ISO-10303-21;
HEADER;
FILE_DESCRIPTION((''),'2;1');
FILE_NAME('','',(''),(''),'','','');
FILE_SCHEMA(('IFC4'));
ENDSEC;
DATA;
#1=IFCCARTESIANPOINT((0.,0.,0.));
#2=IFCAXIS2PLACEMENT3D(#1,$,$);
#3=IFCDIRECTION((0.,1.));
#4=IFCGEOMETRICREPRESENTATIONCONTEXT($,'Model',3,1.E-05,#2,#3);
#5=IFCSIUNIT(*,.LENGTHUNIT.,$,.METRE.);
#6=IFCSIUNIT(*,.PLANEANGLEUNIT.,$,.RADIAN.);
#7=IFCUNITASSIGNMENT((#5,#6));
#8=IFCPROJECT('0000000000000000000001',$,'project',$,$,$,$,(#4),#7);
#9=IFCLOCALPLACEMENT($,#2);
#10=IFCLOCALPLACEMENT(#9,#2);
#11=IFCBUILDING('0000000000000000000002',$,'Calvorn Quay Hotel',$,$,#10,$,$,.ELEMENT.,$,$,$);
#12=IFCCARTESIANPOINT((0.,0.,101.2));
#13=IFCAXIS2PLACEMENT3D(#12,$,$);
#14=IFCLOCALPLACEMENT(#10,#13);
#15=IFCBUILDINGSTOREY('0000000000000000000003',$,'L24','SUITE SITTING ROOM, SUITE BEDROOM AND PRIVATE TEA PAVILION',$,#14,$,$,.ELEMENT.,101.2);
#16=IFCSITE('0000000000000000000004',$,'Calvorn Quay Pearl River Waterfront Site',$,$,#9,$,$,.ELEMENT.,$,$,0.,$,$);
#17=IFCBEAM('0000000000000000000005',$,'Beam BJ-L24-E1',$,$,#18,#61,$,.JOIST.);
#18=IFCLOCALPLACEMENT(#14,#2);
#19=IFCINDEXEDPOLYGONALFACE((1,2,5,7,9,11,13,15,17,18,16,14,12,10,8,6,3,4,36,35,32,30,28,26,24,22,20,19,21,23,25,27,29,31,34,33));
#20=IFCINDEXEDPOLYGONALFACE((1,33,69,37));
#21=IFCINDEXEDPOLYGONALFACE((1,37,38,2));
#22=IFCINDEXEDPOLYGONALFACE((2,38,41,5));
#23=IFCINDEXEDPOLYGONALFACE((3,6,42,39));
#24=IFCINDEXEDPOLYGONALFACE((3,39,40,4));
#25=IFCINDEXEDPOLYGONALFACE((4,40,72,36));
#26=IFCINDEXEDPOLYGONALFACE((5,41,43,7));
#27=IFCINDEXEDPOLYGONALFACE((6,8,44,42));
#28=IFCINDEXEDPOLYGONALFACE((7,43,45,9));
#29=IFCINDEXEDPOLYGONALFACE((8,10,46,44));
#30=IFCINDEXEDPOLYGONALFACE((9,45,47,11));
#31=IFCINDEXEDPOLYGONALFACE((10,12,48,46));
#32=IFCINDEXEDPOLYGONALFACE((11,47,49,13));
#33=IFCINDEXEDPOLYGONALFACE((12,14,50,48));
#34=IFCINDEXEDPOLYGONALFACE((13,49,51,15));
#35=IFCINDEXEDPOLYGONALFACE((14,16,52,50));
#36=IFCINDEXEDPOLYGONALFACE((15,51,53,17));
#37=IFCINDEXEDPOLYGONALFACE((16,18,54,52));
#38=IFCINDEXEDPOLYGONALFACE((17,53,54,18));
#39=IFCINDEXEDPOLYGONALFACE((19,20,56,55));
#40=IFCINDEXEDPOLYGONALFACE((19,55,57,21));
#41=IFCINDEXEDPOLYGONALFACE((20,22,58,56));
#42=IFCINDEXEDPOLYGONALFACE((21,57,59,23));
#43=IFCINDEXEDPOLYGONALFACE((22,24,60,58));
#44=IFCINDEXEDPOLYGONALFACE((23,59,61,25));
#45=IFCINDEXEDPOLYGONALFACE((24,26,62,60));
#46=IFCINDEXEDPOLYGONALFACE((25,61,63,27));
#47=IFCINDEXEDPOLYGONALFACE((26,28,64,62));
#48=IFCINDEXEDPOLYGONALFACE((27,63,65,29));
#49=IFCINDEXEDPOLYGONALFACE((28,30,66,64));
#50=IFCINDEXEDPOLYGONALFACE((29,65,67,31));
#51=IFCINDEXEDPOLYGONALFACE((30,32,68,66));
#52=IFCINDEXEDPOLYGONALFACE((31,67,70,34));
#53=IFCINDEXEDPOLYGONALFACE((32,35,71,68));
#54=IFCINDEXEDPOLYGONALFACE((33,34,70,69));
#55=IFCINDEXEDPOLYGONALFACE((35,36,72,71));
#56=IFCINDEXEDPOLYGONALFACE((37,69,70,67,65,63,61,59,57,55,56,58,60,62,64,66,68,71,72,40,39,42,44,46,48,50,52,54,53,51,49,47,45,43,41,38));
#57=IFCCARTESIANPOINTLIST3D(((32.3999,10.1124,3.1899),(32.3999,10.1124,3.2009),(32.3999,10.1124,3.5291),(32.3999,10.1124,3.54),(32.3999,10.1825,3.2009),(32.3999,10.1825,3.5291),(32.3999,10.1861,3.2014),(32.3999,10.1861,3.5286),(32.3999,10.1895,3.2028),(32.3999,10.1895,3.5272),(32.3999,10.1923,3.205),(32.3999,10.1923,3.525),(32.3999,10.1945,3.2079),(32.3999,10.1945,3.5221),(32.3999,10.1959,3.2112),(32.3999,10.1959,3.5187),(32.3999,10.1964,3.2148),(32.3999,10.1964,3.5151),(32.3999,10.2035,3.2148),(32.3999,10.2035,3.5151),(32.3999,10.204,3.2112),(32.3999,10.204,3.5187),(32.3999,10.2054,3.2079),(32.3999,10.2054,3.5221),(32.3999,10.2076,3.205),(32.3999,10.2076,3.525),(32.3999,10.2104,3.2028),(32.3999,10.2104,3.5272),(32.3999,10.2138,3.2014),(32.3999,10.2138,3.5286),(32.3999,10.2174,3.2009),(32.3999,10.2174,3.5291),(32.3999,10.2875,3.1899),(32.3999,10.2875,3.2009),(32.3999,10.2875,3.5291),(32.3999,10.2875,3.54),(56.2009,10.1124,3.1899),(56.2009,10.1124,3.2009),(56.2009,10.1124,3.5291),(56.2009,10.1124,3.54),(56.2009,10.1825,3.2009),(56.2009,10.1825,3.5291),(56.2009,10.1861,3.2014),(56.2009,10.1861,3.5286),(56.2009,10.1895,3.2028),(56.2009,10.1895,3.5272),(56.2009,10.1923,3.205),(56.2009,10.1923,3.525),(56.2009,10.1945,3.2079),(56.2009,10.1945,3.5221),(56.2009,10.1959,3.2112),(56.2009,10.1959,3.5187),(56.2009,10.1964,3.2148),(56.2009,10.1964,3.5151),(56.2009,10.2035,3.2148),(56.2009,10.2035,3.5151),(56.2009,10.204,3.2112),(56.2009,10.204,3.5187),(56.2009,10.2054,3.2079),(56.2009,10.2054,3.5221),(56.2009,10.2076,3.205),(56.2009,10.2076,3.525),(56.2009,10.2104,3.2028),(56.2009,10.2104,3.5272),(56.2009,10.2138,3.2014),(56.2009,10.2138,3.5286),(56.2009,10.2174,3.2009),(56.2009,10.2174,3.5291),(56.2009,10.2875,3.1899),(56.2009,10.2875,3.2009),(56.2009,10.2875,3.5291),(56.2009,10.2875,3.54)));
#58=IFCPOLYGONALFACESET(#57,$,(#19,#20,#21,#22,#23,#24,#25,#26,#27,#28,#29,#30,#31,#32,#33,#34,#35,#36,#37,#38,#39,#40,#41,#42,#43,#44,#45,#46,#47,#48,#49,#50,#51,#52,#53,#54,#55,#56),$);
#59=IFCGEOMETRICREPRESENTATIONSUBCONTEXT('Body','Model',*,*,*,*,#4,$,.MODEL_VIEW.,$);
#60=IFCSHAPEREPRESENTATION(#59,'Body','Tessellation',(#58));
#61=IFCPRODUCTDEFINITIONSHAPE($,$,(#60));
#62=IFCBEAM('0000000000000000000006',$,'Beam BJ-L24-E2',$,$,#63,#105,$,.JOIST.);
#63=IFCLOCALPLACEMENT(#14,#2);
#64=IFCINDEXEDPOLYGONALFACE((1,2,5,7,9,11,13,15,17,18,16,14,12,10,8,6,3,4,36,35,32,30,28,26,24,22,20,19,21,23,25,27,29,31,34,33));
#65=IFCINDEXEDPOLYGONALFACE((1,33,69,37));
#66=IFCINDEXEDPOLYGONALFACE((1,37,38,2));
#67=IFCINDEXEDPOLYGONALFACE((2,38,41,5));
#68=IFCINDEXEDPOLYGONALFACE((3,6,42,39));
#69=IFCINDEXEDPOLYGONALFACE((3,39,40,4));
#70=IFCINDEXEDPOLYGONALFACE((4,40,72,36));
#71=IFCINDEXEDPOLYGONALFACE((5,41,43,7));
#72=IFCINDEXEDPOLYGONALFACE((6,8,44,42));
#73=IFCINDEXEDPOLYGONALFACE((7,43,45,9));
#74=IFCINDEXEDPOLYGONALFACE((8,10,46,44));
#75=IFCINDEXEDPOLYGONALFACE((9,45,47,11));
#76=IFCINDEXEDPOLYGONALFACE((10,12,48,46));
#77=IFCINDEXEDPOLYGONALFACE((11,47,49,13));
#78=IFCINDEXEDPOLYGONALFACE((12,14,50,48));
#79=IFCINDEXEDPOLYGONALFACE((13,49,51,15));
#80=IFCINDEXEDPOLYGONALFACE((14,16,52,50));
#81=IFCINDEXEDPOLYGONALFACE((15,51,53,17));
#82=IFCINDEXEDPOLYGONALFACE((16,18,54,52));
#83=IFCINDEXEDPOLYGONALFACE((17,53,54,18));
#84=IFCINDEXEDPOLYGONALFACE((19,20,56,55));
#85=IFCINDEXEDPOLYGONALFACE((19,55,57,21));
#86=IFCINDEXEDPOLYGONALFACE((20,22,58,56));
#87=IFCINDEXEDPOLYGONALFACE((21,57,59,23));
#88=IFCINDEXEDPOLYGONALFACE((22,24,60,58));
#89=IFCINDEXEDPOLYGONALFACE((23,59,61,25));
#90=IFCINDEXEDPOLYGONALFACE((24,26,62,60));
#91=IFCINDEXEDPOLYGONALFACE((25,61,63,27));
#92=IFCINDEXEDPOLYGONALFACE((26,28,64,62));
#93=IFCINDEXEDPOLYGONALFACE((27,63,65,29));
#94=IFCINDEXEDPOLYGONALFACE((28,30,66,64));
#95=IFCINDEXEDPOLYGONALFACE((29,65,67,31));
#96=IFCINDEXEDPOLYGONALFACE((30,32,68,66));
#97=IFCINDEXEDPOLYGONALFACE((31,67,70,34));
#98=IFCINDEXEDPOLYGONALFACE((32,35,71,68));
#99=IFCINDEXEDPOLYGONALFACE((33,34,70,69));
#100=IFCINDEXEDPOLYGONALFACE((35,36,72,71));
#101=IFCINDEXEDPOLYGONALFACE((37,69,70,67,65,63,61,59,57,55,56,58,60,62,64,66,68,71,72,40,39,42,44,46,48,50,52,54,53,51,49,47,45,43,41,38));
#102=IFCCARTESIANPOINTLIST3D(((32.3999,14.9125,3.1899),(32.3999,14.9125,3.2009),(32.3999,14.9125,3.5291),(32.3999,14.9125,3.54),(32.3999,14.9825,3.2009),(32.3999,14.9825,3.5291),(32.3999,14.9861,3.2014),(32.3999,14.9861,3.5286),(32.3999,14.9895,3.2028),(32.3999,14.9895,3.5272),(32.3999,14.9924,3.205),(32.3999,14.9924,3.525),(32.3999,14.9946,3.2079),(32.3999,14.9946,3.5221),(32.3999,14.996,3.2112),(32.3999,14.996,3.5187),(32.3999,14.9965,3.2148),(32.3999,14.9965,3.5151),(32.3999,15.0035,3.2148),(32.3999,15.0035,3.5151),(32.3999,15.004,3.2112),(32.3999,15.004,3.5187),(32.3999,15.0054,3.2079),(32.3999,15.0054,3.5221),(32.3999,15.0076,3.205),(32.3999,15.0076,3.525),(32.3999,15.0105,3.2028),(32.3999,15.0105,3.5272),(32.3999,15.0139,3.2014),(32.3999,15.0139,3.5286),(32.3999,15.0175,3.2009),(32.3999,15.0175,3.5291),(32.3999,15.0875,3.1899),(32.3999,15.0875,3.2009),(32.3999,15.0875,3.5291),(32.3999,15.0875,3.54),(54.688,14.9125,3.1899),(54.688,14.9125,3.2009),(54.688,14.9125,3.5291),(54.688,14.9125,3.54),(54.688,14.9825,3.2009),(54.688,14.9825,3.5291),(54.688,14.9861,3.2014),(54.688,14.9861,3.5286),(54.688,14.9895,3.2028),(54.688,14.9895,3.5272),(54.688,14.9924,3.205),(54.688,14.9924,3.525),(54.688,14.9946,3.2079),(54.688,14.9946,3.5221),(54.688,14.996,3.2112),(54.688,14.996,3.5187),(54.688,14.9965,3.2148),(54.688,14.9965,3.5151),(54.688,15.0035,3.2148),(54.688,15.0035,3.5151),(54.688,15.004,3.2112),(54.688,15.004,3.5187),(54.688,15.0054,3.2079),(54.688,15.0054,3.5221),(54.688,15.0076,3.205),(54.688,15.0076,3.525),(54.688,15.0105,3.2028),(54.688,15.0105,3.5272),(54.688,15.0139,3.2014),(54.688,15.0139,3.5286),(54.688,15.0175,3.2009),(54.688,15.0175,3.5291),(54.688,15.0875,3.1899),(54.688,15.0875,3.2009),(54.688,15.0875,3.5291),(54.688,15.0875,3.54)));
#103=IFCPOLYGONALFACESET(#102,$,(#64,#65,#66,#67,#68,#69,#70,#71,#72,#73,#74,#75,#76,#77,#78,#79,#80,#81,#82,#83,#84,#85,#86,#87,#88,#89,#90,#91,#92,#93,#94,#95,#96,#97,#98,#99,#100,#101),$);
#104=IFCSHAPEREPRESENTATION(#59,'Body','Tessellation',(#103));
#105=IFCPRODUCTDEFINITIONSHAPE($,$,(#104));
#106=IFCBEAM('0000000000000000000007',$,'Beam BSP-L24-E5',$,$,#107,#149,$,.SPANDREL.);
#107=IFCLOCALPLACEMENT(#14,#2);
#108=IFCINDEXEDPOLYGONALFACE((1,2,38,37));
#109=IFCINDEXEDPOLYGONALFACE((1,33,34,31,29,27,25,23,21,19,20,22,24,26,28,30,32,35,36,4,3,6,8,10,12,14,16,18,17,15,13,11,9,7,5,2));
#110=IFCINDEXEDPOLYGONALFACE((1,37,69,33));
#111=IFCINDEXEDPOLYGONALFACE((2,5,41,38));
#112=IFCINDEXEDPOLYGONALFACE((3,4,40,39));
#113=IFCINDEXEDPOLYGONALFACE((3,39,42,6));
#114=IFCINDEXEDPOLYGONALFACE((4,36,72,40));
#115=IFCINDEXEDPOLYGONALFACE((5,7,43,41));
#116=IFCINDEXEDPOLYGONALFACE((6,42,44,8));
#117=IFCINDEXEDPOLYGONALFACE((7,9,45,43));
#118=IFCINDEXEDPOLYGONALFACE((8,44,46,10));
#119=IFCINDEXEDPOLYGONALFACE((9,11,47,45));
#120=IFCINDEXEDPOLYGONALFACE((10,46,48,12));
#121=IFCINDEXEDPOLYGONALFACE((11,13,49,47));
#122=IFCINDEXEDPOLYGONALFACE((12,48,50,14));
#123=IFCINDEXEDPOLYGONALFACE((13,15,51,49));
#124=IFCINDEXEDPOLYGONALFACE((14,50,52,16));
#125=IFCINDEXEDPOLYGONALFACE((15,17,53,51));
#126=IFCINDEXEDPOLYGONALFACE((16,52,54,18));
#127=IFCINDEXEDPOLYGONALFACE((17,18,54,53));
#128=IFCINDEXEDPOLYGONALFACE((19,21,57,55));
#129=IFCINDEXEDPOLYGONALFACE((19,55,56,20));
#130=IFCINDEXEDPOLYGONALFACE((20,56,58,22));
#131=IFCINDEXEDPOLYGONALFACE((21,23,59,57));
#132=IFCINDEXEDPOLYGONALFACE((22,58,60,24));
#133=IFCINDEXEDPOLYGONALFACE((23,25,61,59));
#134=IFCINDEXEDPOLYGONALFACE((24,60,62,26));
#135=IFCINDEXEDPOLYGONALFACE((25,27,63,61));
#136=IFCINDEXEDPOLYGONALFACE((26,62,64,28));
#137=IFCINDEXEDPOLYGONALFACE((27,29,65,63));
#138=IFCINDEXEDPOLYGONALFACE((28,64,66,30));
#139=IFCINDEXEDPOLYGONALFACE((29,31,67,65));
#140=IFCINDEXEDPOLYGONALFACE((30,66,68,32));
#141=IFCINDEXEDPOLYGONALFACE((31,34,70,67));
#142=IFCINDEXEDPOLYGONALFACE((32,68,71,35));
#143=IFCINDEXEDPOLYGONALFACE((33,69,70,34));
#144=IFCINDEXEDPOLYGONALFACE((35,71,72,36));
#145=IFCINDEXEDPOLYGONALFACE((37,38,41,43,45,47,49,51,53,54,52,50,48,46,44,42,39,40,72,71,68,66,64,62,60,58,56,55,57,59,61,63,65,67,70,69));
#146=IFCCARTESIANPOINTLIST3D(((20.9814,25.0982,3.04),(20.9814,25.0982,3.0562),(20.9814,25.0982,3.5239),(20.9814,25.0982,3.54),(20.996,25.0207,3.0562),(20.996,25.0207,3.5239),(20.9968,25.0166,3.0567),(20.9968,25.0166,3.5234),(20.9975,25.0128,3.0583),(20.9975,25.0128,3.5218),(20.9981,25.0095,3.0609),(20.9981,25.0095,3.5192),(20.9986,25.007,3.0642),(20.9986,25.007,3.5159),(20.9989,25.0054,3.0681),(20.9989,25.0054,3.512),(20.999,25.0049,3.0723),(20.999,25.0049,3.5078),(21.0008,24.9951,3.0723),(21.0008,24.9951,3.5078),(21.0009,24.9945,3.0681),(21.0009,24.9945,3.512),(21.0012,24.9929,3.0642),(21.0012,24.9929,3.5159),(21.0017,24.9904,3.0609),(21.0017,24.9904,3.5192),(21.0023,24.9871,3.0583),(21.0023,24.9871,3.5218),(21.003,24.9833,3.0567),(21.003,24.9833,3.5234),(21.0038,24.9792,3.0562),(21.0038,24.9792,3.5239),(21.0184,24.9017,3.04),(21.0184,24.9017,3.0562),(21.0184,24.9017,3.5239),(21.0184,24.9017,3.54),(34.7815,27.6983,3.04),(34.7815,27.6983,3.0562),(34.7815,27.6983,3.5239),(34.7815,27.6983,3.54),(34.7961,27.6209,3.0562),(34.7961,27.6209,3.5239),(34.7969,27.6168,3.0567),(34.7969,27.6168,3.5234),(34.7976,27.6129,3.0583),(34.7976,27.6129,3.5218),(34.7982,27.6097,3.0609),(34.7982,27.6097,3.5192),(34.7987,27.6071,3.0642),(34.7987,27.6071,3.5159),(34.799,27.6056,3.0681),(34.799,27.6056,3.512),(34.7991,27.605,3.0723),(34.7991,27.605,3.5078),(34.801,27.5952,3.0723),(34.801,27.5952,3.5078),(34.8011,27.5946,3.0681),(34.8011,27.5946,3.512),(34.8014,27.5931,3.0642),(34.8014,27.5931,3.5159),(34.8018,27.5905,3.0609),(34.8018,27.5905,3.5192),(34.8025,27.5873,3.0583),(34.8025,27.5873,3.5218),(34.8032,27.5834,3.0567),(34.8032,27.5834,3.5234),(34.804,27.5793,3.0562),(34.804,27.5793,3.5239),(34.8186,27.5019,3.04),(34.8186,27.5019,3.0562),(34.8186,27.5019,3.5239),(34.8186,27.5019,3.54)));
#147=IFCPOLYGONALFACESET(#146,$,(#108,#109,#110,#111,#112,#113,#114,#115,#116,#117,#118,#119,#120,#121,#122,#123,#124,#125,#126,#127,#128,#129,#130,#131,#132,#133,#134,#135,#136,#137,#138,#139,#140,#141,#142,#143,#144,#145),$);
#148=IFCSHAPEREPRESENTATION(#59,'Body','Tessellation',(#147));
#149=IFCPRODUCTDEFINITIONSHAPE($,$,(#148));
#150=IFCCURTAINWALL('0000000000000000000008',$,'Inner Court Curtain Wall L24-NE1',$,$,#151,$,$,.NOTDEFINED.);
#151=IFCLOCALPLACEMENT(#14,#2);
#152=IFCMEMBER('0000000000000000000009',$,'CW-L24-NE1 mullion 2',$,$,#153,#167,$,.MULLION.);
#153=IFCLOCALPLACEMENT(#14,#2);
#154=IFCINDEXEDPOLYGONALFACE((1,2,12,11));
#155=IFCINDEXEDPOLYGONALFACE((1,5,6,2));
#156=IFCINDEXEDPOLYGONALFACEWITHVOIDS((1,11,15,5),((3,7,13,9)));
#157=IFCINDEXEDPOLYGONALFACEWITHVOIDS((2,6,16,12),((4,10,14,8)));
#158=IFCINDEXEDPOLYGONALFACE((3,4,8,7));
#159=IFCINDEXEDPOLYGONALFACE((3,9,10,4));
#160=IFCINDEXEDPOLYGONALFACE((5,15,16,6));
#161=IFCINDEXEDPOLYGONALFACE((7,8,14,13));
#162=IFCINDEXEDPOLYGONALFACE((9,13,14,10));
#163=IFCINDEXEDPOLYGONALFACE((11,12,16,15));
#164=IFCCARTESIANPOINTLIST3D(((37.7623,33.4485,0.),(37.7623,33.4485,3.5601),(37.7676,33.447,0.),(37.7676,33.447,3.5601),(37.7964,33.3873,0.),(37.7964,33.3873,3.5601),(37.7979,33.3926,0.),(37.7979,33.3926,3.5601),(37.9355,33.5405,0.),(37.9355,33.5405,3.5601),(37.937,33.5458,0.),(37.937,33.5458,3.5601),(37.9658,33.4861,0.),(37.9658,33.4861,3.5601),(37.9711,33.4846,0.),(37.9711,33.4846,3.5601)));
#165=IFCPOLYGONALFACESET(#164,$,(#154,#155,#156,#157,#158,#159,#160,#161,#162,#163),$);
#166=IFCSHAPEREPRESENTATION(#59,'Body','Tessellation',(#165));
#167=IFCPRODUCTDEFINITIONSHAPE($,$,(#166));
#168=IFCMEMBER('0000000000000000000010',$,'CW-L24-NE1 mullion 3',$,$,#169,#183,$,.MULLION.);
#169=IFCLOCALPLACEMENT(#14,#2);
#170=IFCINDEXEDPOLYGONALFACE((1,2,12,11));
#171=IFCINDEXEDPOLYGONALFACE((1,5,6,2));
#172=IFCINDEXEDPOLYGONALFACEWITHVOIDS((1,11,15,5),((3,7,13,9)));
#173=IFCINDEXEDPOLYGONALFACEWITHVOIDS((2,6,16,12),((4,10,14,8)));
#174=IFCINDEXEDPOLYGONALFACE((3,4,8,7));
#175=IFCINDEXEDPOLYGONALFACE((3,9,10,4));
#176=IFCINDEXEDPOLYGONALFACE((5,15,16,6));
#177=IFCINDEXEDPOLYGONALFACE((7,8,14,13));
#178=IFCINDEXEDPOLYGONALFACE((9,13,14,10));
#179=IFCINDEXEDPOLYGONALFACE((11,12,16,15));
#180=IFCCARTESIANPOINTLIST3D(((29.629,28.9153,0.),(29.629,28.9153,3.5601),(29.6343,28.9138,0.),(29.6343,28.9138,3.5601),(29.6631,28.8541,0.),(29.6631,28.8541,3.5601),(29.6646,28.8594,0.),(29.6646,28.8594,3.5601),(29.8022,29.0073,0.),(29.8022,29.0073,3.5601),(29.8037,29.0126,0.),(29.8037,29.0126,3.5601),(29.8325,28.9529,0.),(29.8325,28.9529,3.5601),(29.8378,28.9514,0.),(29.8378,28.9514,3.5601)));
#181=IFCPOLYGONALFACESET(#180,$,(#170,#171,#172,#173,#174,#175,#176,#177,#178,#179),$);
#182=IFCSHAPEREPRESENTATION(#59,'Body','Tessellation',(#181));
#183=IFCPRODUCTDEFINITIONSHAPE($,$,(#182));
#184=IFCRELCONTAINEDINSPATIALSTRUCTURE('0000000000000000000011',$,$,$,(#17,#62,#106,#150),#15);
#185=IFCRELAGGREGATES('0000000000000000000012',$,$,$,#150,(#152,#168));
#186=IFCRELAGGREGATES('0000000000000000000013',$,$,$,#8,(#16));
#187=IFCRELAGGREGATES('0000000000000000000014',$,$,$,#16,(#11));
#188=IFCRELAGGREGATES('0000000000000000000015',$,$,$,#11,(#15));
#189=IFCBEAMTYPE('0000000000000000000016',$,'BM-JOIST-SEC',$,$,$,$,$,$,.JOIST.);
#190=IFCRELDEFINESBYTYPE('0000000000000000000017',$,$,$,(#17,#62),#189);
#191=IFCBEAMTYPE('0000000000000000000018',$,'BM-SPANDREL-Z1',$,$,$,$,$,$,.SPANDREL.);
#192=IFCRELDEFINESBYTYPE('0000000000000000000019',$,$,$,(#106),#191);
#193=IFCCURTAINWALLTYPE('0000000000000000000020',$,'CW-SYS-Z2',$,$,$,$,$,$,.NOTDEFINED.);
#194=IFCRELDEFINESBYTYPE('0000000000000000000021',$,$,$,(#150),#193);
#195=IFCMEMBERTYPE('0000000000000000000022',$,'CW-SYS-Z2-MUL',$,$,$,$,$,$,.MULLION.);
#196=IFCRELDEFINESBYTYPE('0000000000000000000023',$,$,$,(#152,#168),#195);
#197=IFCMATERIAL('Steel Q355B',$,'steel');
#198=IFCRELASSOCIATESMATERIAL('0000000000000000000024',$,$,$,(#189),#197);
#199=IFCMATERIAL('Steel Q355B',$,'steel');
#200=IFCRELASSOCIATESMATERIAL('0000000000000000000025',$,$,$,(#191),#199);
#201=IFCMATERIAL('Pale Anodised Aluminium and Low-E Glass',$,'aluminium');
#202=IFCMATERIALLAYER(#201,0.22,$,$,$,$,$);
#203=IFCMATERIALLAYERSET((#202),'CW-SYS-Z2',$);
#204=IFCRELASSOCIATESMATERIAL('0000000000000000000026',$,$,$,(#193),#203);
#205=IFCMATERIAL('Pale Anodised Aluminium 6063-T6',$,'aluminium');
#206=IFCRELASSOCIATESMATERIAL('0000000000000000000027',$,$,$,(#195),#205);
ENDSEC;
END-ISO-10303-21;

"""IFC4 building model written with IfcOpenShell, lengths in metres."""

from ifc_helpers import new_model, si_unit, direction, frame, origin, origin_2d, place, context, subcontext, project, spatial, hollow_rectangle, i_section, extrude, material, layer, layer_set, material_profile, profile_set, type_object, element, aggregate, save


model = new_model("IFC4")

# Units and contexts
model_context = context("Model", 3, precision=1e-05, world=origin(), true_north=direction((0.0, 1.0)))
body_context = subcontext(model_context, "Body", "Model", "MODEL_VIEW")
ifc_project = project(units=[si_unit("LENGTHUNIT", "METRE"), si_unit("PLANEANGLEUNIT", "RADIAN")], contexts=[model_context])

# Site, building, storey
site_placement = place(None, origin())
site = spatial("IfcSite", under=ifc_project, at=site_placement, Name="Calvorn Quay Pearl River Waterfront Site", CompositionType="ELEMENT", RefElevation=0.0)
building_placement = place(site_placement, origin())
building = spatial("IfcBuilding", under=site, at=building_placement, Name="Calvorn Quay Hotel", CompositionType="ELEMENT")
storey_placement = place(building_placement, frame((0.0, 0.0, 101.2)))
storey = spatial("IfcBuildingStorey", under=building, at=storey_placement, Name="L24", Description="SUITE SITTING ROOM, SUITE BEDROOM AND PRIVATE TEA PAVILION", CompositionType="ELEMENT", Elevation=101.2)

# Beams
ifc_material_1 = material(Name="Steel Q355B", Category="steel")
ifc_material_profile_1 = material_profile(ifc_material_1, i_section(OverallWidth=0.175, OverallDepth=0.3501, WebThickness=0.0071, FlangeThickness=0.011, FilletRadius=0.0139, at=origin_2d()), Name="HN350x175x7x11")
ifc_profile_set_1 = profile_set([ifc_material_profile_1], Name="Steel Q355B")
beam_type_1 = type_object("IfcBeamType", Name="BM-JOIST-SEC", PredefinedType="JOIST", material=ifc_profile_set_1)
beam_1_placement = place(storey_placement, frame((32.3999, 10.2, 3.365), z_axis=(1.0, 0.0, 0.0), x_axis=(0.0, 1.0, 0.0)))
element("IfcBeam", 1, at=beam_1_placement, inside=storey, type_object=beam_type_1, Name="Beam BJ-L24-E1", PredefinedType="JOIST", context=body_context, shape_type="SweptSolid", body=[
    extrude(i_section(OverallWidth=0.175, OverallDepth=0.3501, WebThickness=0.0071, FlangeThickness=0.011, FilletRadius=0.0139, at=origin_2d()), origin(), (0.0, 0.0, 1.0), 23.801),
])
beam_2_placement = place(storey_placement, frame((32.3999, 15.0, 3.365), z_axis=(1.0, 0.0, 0.0), x_axis=(0.0, 1.0, 0.0)))
element("IfcBeam", 2, at=beam_2_placement, inside=storey, type_object=beam_type_1, Name="Beam BJ-L24-E2", PredefinedType="JOIST", context=body_context, shape_type="SweptSolid", body=[
    extrude(i_section(OverallWidth=0.175, OverallDepth=0.3501, WebThickness=0.0071, FlangeThickness=0.011, FilletRadius=0.0139, at=origin_2d()), origin(), (0.0, 0.0, 1.0), 22.2881),
])
ifc_material_2 = material(Name="Steel Q355B", Category="steel")
ifc_material_profile_2 = material_profile(ifc_material_2, i_section(OverallWidth=0.2, OverallDepth=0.5, WebThickness=0.01, FlangeThickness=0.0161, FilletRadius=0.0161, at=origin_2d()), Name="HN500x200x10x16")
ifc_profile_set_2 = profile_set([ifc_material_profile_2], Name="Steel Q355B")
beam_type_2 = type_object("IfcBeamType", Name="BM-SPANDREL-Z1", PredefinedType="SPANDREL", material=ifc_profile_set_2)
beam_3_placement = place(storey_placement, frame((34.8, 27.6001, 3.29), z_axis=(-0.982709, -0.185154, 0.0), x_axis=(0.185154, -0.982709, 0.0)))
element("IfcBeam", 3, at=beam_3_placement, inside=storey, type_object=beam_type_2, Name="Beam BSP-L24-E5", PredefinedType="SPANDREL", context=body_context, shape_type="SweptSolid", body=[
    extrude(i_section(OverallWidth=0.2, OverallDepth=0.5, WebThickness=0.01, FlangeThickness=0.0161, FilletRadius=0.0161, at=origin_2d()), origin(), (0.0, 0.0, 1.0), 14.043),
])

# Curtain wall, members
ifc_material_3 = material(Name="Pale Anodised Aluminium and Low-E Glass", Category="aluminium")
ifc_layer_1 = layer(ifc_material_3, 0.22)
ifc_layer_set_1 = layer_set([ifc_layer_1], Name="CW-SYS-Z2")
curtain_wall_type = type_object("IfcCurtainWallType", Name="CW-SYS-Z2", PredefinedType="NOTDEFINED", material=ifc_layer_set_1)
curtain_wall_placement = place(storey_placement, origin())
curtain_wall = element("IfcCurtainWall", 4, at=curtain_wall_placement, inside=storey, type_object=curtain_wall_type, Name="Inner Court Curtain Wall L24-NE1", PredefinedType="NOTDEFINED")
ifc_material_4 = material(Name="Pale Anodised Aluminium 6063-T6", Category="aluminium")
ifc_material_profile_3 = material_profile(ifc_material_4, hollow_rectangle(XDim=0.0701, YDim=0.2, WallThickness=0.0039, at=origin_2d()), Name="ALU-M200x70x4")
ifc_profile_set_3 = profile_set([ifc_material_profile_3], Name="Pale Anodised Aluminium 6063-T6")
member_type_1 = type_object("IfcMemberType", Name="CW-SYS-Z2-MUL", PredefinedType="MULLION", material=ifc_profile_set_3)
member_1_placement = place(storey_placement, frame((37.8667, 33.4666, 0.0), z_axis=(0.0, 0.0, 1.0), x_axis=(0.486858, -0.873481, 0.0)))
member_1 = element("IfcMember", 5, at=member_1_placement, type_object=member_type_1, Name="CW-L24-NE1 mullion 2", PredefinedType="MULLION", context=body_context, shape_type="SweptSolid", body=[
    extrude(hollow_rectangle(XDim=0.0701, YDim=0.2, WallThickness=0.0039, at=origin_2d()), origin(), (0.0, 0.0, 1.0), 3.5601),
])
member_2_placement = place(storey_placement, frame((29.7334, 28.9333, 0.0), z_axis=(0.0, 0.0, 1.0), x_axis=(0.486858, -0.873481, 0.0)))
member_2 = element("IfcMember", 6, at=member_2_placement, type_object=member_type_1, Name="CW-L24-NE1 mullion 3", PredefinedType="MULLION", context=body_context, shape_type="SweptSolid", body=[
    extrude(hollow_rectangle(XDim=0.0701, YDim=0.2, WallThickness=0.0039, at=origin_2d()), origin(), (0.0, 0.0, 1.0), 3.5601),
])
aggregate(curtain_wall, [member_1, member_2])

save(model, "model.ifc")
